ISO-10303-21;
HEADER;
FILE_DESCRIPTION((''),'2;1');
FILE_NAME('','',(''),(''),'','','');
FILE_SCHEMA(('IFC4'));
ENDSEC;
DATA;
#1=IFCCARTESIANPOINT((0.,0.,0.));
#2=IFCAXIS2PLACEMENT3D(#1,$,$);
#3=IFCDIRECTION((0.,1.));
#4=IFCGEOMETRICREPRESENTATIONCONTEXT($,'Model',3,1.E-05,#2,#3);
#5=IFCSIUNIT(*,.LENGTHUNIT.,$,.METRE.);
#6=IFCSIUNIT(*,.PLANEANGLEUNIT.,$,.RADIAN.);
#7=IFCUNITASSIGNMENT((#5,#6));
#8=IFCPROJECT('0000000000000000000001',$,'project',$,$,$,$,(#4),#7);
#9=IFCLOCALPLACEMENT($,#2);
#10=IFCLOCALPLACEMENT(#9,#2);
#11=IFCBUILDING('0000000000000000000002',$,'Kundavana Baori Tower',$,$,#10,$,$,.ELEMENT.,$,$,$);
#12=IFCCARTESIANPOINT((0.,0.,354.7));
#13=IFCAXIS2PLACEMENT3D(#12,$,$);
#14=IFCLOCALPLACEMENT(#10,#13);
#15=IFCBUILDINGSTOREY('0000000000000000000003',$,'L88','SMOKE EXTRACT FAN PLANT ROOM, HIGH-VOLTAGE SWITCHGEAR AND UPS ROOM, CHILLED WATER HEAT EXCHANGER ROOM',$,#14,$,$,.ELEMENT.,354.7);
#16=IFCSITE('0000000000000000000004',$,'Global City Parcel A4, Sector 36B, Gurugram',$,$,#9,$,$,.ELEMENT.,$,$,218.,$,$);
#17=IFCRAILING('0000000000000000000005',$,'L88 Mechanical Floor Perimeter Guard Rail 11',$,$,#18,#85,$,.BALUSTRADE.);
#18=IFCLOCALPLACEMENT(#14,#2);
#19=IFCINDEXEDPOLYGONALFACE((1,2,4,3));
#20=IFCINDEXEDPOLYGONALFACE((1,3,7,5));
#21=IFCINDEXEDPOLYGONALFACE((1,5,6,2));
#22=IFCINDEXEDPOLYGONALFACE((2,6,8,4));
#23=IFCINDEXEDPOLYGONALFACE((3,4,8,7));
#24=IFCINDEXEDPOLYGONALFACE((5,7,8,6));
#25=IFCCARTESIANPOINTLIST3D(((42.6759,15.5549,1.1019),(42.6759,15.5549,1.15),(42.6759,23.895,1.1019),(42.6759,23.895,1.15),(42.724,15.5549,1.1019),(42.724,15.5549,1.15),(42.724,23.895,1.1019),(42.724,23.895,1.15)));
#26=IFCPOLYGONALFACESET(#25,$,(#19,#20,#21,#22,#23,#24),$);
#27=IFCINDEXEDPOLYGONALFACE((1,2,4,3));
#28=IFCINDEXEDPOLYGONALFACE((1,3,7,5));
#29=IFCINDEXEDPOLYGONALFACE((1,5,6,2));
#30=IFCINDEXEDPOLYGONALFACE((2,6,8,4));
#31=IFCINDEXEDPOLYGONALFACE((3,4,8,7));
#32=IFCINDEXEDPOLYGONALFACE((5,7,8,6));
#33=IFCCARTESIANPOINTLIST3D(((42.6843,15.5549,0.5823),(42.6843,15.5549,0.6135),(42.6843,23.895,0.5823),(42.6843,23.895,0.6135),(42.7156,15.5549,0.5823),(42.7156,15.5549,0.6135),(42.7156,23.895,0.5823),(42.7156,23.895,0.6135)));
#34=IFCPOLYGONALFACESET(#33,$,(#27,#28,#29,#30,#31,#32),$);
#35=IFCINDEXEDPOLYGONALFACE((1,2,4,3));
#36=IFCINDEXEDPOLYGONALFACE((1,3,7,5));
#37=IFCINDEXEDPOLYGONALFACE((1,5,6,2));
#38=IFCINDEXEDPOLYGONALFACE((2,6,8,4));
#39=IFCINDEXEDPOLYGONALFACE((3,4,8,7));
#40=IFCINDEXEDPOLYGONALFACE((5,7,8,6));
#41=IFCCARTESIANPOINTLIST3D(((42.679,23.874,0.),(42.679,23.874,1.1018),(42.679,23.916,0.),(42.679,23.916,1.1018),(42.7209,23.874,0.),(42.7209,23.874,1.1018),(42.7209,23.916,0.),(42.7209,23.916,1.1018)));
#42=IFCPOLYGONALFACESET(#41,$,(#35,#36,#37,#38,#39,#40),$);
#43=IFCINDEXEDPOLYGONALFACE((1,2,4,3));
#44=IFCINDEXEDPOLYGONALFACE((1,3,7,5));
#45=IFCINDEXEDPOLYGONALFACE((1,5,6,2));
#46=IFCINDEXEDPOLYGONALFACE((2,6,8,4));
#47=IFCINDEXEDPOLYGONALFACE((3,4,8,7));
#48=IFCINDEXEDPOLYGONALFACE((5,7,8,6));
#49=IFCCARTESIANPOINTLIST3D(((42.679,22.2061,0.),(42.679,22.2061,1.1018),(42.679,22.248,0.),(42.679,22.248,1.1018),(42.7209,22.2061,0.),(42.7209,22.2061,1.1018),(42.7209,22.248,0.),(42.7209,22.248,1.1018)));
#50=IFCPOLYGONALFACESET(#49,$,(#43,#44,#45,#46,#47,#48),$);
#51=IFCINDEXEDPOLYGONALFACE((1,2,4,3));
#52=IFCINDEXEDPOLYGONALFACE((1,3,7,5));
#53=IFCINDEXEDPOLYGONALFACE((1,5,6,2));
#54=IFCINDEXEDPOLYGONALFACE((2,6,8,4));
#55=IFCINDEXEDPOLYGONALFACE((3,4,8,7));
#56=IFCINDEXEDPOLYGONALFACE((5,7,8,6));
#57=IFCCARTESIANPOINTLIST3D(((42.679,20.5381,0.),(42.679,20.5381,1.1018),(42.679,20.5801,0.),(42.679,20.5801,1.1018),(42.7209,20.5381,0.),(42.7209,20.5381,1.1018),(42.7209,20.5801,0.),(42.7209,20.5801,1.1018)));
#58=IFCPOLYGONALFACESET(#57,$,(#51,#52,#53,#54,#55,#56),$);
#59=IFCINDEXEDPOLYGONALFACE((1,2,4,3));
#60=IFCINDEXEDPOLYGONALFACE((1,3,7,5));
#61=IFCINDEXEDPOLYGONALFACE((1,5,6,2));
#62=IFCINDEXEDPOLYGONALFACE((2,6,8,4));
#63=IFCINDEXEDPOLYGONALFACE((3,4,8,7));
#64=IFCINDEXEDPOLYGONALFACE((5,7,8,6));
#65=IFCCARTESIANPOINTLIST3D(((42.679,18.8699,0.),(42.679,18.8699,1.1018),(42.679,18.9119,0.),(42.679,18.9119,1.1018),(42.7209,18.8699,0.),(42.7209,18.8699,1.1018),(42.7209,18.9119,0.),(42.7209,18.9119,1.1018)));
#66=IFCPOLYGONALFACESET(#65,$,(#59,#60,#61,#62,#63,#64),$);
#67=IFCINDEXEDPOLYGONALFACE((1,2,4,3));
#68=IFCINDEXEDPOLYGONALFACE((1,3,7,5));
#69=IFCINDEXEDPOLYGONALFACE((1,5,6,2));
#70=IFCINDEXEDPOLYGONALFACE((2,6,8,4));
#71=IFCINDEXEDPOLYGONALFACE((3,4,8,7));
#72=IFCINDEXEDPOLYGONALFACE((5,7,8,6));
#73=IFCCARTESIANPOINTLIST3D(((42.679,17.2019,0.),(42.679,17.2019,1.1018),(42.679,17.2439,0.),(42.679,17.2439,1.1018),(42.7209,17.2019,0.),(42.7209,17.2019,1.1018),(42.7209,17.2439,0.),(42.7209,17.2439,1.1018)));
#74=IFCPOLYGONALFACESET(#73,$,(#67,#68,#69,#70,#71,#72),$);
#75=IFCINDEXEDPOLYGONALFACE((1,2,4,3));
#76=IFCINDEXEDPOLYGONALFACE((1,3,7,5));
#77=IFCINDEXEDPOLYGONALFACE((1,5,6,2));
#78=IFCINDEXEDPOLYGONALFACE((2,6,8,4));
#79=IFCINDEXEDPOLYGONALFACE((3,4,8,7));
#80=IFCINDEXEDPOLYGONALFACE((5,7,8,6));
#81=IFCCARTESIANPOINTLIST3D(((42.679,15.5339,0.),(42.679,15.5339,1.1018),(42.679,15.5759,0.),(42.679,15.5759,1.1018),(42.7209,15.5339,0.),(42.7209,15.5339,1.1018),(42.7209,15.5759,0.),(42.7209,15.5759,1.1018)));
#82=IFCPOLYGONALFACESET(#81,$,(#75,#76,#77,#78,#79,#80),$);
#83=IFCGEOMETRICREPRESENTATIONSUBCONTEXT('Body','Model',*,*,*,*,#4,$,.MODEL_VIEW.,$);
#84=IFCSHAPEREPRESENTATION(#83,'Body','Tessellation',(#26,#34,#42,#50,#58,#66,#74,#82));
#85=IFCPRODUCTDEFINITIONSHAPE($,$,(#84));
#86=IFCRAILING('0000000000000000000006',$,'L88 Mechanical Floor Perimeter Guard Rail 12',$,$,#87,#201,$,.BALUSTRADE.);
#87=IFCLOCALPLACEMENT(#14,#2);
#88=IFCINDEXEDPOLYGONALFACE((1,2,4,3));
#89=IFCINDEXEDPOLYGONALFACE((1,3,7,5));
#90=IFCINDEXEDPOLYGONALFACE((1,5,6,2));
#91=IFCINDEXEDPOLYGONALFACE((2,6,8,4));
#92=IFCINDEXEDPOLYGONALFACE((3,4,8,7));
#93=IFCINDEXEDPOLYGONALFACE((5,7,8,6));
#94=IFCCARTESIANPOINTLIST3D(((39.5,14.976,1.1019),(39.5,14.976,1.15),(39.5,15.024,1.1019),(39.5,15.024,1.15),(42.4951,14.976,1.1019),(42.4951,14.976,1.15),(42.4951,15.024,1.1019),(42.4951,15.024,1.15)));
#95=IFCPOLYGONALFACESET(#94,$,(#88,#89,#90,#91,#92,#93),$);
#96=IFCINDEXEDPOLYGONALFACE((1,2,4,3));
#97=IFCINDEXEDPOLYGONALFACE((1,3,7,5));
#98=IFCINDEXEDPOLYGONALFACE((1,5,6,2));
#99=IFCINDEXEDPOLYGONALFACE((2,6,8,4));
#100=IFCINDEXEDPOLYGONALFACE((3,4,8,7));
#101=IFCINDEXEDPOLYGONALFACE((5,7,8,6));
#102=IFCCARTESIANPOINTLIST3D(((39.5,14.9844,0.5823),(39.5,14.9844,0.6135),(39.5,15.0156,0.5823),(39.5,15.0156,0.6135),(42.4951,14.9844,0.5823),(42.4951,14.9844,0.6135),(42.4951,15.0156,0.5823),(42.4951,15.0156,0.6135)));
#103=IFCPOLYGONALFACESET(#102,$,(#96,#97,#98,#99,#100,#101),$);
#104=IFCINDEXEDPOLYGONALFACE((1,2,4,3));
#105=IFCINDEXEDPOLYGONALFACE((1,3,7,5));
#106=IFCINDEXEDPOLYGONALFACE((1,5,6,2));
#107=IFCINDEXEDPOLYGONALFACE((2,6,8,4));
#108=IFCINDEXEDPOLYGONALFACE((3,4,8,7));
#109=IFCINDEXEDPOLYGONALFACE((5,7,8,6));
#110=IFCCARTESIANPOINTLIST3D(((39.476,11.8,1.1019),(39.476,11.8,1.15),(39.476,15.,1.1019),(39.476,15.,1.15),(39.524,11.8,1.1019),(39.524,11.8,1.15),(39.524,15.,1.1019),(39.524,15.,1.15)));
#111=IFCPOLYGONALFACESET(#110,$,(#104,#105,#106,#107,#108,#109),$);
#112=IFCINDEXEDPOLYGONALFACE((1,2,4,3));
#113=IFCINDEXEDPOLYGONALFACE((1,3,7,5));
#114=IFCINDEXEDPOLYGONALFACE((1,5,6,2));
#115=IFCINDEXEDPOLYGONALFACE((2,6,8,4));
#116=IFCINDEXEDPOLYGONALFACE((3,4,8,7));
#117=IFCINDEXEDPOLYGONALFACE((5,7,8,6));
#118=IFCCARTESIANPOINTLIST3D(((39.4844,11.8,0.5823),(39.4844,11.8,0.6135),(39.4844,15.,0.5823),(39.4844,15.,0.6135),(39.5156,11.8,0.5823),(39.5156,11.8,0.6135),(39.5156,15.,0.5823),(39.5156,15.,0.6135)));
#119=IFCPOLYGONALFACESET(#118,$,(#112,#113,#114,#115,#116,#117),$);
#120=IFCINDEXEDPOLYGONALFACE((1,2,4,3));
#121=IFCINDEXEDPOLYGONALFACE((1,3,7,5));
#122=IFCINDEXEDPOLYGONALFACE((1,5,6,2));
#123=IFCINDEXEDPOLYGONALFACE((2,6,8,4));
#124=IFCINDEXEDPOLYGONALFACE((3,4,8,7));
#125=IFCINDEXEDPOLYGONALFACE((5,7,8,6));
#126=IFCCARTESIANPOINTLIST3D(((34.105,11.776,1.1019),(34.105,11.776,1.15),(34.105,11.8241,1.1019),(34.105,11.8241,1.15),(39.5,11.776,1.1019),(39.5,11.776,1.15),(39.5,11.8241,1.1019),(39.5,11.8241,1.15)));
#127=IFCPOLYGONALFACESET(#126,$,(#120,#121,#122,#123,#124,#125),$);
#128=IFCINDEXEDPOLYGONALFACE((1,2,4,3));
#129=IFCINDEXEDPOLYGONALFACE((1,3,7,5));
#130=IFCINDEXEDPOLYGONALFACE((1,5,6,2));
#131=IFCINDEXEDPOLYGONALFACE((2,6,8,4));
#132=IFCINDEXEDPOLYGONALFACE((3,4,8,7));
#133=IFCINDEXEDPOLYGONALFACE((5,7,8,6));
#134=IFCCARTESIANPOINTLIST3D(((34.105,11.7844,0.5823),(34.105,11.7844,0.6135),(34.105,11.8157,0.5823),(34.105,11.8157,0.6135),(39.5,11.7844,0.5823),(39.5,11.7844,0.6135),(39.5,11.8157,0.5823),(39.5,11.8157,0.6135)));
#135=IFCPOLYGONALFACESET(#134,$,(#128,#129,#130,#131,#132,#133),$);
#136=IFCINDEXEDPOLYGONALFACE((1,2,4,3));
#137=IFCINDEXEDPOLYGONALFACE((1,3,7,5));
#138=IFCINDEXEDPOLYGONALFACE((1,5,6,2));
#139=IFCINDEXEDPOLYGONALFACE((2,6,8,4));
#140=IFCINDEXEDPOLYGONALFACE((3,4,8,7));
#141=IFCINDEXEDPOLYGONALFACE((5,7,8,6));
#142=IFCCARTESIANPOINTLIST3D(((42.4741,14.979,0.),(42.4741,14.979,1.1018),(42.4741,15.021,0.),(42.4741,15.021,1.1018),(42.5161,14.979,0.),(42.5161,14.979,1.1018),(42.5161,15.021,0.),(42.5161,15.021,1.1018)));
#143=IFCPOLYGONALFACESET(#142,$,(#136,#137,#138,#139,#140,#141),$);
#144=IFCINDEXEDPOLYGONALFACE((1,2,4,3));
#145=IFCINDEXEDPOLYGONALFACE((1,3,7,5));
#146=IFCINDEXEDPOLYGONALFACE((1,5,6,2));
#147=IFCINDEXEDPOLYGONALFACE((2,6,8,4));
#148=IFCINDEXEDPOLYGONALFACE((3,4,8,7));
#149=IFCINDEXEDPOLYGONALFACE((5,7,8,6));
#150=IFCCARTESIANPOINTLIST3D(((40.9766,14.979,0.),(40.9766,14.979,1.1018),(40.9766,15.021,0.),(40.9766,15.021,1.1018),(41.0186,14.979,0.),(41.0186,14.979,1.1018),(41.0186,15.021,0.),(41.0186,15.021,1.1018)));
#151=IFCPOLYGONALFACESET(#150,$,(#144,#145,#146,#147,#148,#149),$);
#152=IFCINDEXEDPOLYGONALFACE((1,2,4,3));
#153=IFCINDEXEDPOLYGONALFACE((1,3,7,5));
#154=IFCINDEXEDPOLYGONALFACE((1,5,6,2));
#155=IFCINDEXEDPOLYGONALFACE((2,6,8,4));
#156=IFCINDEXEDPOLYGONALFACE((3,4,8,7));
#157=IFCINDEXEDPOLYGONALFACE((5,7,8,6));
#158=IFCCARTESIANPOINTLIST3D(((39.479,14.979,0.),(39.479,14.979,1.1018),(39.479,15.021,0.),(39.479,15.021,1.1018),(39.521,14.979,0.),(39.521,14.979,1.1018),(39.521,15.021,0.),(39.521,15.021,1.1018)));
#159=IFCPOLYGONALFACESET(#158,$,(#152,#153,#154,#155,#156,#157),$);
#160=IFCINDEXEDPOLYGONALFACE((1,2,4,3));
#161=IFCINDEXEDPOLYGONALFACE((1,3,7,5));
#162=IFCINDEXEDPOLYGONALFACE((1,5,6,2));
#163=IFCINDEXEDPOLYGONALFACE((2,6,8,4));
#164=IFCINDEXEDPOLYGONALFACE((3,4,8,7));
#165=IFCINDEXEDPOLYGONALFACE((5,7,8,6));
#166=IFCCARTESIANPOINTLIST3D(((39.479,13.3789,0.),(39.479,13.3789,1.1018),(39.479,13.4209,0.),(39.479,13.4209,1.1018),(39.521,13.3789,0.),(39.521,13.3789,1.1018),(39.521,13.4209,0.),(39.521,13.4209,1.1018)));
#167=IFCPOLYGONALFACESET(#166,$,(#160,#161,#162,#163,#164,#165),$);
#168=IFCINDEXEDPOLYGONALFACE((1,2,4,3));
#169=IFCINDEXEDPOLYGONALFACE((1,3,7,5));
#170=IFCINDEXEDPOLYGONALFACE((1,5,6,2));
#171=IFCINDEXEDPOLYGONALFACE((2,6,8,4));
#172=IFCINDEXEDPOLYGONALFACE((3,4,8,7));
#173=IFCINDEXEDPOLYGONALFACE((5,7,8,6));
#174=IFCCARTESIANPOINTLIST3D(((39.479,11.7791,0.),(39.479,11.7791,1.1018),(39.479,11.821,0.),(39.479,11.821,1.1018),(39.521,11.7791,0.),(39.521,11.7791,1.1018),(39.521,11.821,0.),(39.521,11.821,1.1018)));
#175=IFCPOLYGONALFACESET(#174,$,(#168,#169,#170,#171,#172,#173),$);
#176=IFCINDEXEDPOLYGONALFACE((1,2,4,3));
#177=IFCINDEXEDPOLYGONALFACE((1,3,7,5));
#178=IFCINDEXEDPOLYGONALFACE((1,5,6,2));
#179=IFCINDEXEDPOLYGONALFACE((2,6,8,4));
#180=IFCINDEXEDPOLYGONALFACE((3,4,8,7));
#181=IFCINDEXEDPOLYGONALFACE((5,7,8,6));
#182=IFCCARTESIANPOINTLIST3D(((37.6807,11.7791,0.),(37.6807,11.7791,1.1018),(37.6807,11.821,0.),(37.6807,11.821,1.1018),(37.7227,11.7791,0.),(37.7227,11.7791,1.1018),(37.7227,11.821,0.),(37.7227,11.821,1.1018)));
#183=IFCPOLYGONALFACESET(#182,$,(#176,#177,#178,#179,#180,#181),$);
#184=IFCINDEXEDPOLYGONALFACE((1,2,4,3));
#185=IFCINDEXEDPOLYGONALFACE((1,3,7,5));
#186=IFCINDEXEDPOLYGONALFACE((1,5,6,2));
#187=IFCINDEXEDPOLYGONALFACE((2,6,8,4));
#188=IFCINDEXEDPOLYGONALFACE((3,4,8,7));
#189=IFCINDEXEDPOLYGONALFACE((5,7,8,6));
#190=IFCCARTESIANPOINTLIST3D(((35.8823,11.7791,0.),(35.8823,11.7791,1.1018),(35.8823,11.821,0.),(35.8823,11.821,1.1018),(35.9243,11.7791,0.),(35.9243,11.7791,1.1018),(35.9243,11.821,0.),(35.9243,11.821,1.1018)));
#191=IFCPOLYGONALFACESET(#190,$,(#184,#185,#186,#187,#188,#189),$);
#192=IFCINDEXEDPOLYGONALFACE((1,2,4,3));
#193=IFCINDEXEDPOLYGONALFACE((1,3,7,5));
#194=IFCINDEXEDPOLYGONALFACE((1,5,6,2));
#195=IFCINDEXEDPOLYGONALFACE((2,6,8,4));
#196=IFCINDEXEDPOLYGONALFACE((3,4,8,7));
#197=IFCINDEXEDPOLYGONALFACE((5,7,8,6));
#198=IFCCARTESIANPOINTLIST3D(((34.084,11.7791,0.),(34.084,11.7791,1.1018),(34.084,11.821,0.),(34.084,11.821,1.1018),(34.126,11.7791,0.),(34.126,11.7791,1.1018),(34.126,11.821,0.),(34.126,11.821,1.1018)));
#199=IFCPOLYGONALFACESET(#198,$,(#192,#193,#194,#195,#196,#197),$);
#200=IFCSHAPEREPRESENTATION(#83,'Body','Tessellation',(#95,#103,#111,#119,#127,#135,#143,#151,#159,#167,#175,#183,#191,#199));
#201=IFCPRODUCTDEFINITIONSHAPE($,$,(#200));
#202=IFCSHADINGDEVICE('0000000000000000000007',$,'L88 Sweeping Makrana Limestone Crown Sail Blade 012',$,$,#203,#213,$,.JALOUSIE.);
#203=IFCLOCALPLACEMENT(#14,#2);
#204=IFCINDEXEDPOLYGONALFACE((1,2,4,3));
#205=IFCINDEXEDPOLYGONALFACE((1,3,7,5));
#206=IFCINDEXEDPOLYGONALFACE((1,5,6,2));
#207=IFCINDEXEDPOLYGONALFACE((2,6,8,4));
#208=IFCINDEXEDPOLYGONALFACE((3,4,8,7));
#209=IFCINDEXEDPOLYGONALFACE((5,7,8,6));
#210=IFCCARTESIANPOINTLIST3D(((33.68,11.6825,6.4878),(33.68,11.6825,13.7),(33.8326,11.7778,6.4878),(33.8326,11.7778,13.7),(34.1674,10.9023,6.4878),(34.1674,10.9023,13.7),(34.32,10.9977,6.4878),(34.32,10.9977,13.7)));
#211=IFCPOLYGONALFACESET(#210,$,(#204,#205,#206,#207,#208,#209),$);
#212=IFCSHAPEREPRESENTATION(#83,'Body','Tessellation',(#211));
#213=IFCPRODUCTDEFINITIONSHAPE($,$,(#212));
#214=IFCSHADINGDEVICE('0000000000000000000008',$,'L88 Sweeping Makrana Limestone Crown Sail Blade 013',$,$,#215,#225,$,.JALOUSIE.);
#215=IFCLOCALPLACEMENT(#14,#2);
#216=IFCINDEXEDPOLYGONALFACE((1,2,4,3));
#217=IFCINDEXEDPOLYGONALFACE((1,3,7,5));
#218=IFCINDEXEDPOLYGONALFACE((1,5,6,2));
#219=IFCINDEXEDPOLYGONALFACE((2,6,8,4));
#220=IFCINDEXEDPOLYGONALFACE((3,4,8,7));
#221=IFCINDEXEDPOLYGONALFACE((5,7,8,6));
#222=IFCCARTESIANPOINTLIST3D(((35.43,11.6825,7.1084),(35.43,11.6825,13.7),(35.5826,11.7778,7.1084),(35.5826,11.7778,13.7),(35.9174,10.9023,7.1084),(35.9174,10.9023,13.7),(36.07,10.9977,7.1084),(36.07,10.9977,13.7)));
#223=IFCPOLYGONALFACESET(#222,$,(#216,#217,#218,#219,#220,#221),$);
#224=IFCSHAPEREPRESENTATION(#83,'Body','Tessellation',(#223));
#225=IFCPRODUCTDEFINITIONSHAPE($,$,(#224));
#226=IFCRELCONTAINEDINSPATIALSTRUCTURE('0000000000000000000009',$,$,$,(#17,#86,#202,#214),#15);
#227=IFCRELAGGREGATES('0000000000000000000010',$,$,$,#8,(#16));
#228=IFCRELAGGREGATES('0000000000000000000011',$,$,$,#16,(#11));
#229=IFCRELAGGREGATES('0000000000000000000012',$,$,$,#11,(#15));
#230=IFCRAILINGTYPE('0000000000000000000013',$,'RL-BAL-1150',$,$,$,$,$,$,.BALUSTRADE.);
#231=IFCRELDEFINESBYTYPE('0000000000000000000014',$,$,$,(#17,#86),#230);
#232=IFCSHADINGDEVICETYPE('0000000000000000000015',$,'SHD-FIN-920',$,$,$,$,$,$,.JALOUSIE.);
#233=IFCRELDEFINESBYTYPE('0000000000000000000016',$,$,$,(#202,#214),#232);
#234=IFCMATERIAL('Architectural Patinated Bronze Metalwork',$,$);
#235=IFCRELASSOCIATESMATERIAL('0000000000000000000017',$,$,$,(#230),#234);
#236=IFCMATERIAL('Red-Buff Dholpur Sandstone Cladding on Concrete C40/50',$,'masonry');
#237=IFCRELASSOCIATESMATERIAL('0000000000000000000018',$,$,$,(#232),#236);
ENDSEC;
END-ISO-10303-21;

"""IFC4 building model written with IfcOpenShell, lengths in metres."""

from ifc_helpers import new_model, si_unit, direction, frame, origin, origin_2d, place, context, subcontext, project, spatial, rectangle, extrude, material, type_object, element, save


model = new_model("IFC4")

# Units and contexts
model_context = context("Model", 3, precision=1e-05, world=origin(), true_north=direction((0.0, 1.0)))
body_context = subcontext(model_context, "Body", "Model", "MODEL_VIEW")
ifc_project = project(units=[si_unit("LENGTHUNIT", "METRE"), si_unit("PLANEANGLEUNIT", "RADIAN")], contexts=[model_context])

# Site, building, storey
site_placement = place(None, origin())
site = spatial("IfcSite", under=ifc_project, at=site_placement, Name="Global City Parcel A4, Sector 36B, Gurugram", CompositionType="ELEMENT", RefElevation=218.0)
building_placement = place(site_placement, origin())
building = spatial("IfcBuilding", under=site, at=building_placement, Name="Kundavana Baori Tower", CompositionType="ELEMENT")
storey_placement = place(building_placement, frame((0.0, 0.0, 354.7)))
storey = spatial("IfcBuildingStorey", under=building, at=storey_placement, Name="L88", Description="SMOKE EXTRACT FAN PLANT ROOM, HIGH-VOLTAGE SWITCHGEAR AND UPS ROOM, CHILLED WATER HEAT EXCHANGER ROOM", CompositionType="ELEMENT", Elevation=354.7)

# Railings
ifc_material_1 = material(Name="Architectural Patinated Bronze Metalwork")
railing_type = type_object("IfcRailingType", Name="RL-BAL-1150", PredefinedType="BALUSTRADE", material=ifc_material_1)
railing_1_placement = place(storey_placement, frame((42.7, 23.895, 0.0)))
element("IfcRailing", 1, at=railing_1_placement, inside=storey, type_object=railing_type, Name="L88 Mechanical Floor Perimeter Guard Rail 11", PredefinedType="BALUSTRADE", context=body_context, shape_type="SweptSolid", body=[
    extrude(rectangle(XDim=0.0481, YDim=0.0481, at=origin_2d()), frame((0.0, 0.0, 1.126), z_axis=(0.0, -1.0, 0.0), x_axis=(1.0, 0.0, 0.0)), (0.0, 0.0, 1.0), 8.3401),
    extrude(rectangle(XDim=0.0312, YDim=0.0312, at=origin_2d()), frame((0.0, 0.0, 0.5979), z_axis=(0.0, -1.0, 0.0), x_axis=(1.0, 0.0, 0.0)), (0.0, 0.0, 1.0), 8.3401),
    extrude(rectangle(XDim=0.042, YDim=0.042, at=origin_2d()), origin(), (0.0, 0.0, 1.0), 1.1018),
    extrude(rectangle(XDim=0.042, YDim=0.042, at=origin_2d()), frame((0.0, -1.668, 0.0)), (0.0, 0.0, 1.0), 1.1018),
    extrude(rectangle(XDim=0.042, YDim=0.042, at=origin_2d()), frame((0.0, -3.3359, 0.0)), (0.0, 0.0, 1.0), 1.1018),
    extrude(rectangle(XDim=0.042, YDim=0.042, at=origin_2d()), frame((0.0, -5.0042, 0.0)), (0.0, 0.0, 1.0), 1.1018),
    extrude(rectangle(XDim=0.042, YDim=0.042, at=origin_2d()), frame((0.0, -6.6721, 0.0)), (0.0, 0.0, 1.0), 1.1018),
    extrude(rectangle(XDim=0.042, YDim=0.042, at=origin_2d()), frame((0.0, -8.3401, 0.0)), (0.0, 0.0, 1.0), 1.1018),
])
railing_2_placement = place(storey_placement, frame((42.4951, 15.0, 0.0)))
element("IfcRailing", 2, at=railing_2_placement, inside=storey, type_object=railing_type, Name="L88 Mechanical Floor Perimeter Guard Rail 12", PredefinedType="BALUSTRADE", context=body_context, shape_type="SweptSolid", body=[
    extrude(rectangle(XDim=0.0481, YDim=0.0481, at=origin_2d()), frame((0.0, 0.0, 1.126), z_axis=(-1.0, 0.0, 0.0), x_axis=(0.0, -1.0, 0.0)), (0.0, 0.0, 1.0), 2.9951),
    extrude(rectangle(XDim=0.0312, YDim=0.0312, at=origin_2d()), frame((0.0, 0.0, 0.5979), z_axis=(-1.0, 0.0, 0.0), x_axis=(0.0, -1.0, 0.0)), (0.0, 0.0, 1.0), 2.9951),
    extrude(rectangle(XDim=0.0481, YDim=0.0481, at=origin_2d()), frame((-2.9951, 0.0, 1.126), z_axis=(0.0, -1.0, 0.0), x_axis=(1.0, 0.0, 0.0)), (0.0, 0.0, 1.0), 3.2),
    extrude(rectangle(XDim=0.0312, YDim=0.0312, at=origin_2d()), frame((-2.9951, 0.0, 0.5979), z_axis=(0.0, -1.0, 0.0), x_axis=(1.0, 0.0, 0.0)), (0.0, 0.0, 1.0), 3.2),
    extrude(rectangle(XDim=0.0481, YDim=0.0481, at=origin_2d()), frame((-2.9951, -3.2, 1.126), z_axis=(-1.0, 0.0, 0.0), x_axis=(0.0, -1.0, 0.0)), (0.0, 0.0, 1.0), 5.395),
    extrude(rectangle(XDim=0.0312, YDim=0.0312, at=origin_2d()), frame((-2.9951, -3.2, 0.5979), z_axis=(-1.0, 0.0, 0.0), x_axis=(0.0, -1.0, 0.0)), (0.0, 0.0, 1.0), 5.395),
    extrude(rectangle(XDim=0.042, YDim=0.042, at=origin_2d()), origin(), (0.0, 0.0, 1.0), 1.1018),
    extrude(rectangle(XDim=0.042, YDim=0.042, at=origin_2d()), frame((-1.4976, 0.0, 0.0)), (0.0, 0.0, 1.0), 1.1018),
    extrude(rectangle(XDim=0.042, YDim=0.042, at=origin_2d()), frame((-2.9951, 0.0, 0.0)), (0.0, 0.0, 1.0), 1.1018),
    extrude(rectangle(XDim=0.042, YDim=0.042, at=origin_2d()), frame((-2.9951, -1.6001, 0.0)), (0.0, 0.0, 1.0), 1.1018),
    extrude(rectangle(XDim=0.042, YDim=0.042, at=origin_2d()), frame((-2.9951, -3.2, 0.0)), (0.0, 0.0, 1.0), 1.1018),
    extrude(rectangle(XDim=0.042, YDim=0.042, at=origin_2d()), frame((-4.7935, -3.2, 0.0)), (0.0, 0.0, 1.0), 1.1018),
    extrude(rectangle(XDim=0.042, YDim=0.042, at=origin_2d()), frame((-6.5918, -3.2, 0.0)), (0.0, 0.0, 1.0), 1.1018),
    extrude(rectangle(XDim=0.042, YDim=0.042, at=origin_2d()), frame((-8.3901, -3.2, 0.0)), (0.0, 0.0, 1.0), 1.1018),
])

# Shading devices
ifc_material_2 = material(Name="Red-Buff Dholpur Sandstone Cladding on Concrete C40/50", Category="masonry")
shading_device_type = type_object("IfcShadingDeviceType", Name="SHD-FIN-920", PredefinedType="JALOUSIE", material=ifc_material_2)
shading_device_1_placement = place(storey_placement, frame((34.0, 11.3401, 6.4878), z_axis=(0.0, 0.0, 1.0), x_axis=(0.848048, 0.529919, 0.0)))
element("IfcShadingDevice", 3, at=shading_device_1_placement, inside=storey, type_object=shading_device_type, Name="L88 Sweeping Makrana Limestone Crown Sail Blade 012", PredefinedType="JALOUSIE", context=body_context, shape_type="SweptSolid", body=[
    extrude(rectangle(XDim=0.1799, YDim=0.9199, at=origin_2d()), origin(), (0.0, 0.0, 1.0), 7.2122),
])
shading_device_2_placement = place(storey_placement, frame((35.75, 11.3401, 7.1084), z_axis=(0.0, 0.0, 1.0), x_axis=(0.848048, 0.529919, 0.0)))
element("IfcShadingDevice", 4, at=shading_device_2_placement, inside=storey, type_object=shading_device_type, Name="L88 Sweeping Makrana Limestone Crown Sail Blade 013", PredefinedType="JALOUSIE", context=body_context, shape_type="SweptSolid", body=[
    extrude(rectangle(XDim=0.1799, YDim=0.9199, at=origin_2d()), origin(), (0.0, 0.0, 1.0), 6.5916),
])

save(model, "model.ifc")
